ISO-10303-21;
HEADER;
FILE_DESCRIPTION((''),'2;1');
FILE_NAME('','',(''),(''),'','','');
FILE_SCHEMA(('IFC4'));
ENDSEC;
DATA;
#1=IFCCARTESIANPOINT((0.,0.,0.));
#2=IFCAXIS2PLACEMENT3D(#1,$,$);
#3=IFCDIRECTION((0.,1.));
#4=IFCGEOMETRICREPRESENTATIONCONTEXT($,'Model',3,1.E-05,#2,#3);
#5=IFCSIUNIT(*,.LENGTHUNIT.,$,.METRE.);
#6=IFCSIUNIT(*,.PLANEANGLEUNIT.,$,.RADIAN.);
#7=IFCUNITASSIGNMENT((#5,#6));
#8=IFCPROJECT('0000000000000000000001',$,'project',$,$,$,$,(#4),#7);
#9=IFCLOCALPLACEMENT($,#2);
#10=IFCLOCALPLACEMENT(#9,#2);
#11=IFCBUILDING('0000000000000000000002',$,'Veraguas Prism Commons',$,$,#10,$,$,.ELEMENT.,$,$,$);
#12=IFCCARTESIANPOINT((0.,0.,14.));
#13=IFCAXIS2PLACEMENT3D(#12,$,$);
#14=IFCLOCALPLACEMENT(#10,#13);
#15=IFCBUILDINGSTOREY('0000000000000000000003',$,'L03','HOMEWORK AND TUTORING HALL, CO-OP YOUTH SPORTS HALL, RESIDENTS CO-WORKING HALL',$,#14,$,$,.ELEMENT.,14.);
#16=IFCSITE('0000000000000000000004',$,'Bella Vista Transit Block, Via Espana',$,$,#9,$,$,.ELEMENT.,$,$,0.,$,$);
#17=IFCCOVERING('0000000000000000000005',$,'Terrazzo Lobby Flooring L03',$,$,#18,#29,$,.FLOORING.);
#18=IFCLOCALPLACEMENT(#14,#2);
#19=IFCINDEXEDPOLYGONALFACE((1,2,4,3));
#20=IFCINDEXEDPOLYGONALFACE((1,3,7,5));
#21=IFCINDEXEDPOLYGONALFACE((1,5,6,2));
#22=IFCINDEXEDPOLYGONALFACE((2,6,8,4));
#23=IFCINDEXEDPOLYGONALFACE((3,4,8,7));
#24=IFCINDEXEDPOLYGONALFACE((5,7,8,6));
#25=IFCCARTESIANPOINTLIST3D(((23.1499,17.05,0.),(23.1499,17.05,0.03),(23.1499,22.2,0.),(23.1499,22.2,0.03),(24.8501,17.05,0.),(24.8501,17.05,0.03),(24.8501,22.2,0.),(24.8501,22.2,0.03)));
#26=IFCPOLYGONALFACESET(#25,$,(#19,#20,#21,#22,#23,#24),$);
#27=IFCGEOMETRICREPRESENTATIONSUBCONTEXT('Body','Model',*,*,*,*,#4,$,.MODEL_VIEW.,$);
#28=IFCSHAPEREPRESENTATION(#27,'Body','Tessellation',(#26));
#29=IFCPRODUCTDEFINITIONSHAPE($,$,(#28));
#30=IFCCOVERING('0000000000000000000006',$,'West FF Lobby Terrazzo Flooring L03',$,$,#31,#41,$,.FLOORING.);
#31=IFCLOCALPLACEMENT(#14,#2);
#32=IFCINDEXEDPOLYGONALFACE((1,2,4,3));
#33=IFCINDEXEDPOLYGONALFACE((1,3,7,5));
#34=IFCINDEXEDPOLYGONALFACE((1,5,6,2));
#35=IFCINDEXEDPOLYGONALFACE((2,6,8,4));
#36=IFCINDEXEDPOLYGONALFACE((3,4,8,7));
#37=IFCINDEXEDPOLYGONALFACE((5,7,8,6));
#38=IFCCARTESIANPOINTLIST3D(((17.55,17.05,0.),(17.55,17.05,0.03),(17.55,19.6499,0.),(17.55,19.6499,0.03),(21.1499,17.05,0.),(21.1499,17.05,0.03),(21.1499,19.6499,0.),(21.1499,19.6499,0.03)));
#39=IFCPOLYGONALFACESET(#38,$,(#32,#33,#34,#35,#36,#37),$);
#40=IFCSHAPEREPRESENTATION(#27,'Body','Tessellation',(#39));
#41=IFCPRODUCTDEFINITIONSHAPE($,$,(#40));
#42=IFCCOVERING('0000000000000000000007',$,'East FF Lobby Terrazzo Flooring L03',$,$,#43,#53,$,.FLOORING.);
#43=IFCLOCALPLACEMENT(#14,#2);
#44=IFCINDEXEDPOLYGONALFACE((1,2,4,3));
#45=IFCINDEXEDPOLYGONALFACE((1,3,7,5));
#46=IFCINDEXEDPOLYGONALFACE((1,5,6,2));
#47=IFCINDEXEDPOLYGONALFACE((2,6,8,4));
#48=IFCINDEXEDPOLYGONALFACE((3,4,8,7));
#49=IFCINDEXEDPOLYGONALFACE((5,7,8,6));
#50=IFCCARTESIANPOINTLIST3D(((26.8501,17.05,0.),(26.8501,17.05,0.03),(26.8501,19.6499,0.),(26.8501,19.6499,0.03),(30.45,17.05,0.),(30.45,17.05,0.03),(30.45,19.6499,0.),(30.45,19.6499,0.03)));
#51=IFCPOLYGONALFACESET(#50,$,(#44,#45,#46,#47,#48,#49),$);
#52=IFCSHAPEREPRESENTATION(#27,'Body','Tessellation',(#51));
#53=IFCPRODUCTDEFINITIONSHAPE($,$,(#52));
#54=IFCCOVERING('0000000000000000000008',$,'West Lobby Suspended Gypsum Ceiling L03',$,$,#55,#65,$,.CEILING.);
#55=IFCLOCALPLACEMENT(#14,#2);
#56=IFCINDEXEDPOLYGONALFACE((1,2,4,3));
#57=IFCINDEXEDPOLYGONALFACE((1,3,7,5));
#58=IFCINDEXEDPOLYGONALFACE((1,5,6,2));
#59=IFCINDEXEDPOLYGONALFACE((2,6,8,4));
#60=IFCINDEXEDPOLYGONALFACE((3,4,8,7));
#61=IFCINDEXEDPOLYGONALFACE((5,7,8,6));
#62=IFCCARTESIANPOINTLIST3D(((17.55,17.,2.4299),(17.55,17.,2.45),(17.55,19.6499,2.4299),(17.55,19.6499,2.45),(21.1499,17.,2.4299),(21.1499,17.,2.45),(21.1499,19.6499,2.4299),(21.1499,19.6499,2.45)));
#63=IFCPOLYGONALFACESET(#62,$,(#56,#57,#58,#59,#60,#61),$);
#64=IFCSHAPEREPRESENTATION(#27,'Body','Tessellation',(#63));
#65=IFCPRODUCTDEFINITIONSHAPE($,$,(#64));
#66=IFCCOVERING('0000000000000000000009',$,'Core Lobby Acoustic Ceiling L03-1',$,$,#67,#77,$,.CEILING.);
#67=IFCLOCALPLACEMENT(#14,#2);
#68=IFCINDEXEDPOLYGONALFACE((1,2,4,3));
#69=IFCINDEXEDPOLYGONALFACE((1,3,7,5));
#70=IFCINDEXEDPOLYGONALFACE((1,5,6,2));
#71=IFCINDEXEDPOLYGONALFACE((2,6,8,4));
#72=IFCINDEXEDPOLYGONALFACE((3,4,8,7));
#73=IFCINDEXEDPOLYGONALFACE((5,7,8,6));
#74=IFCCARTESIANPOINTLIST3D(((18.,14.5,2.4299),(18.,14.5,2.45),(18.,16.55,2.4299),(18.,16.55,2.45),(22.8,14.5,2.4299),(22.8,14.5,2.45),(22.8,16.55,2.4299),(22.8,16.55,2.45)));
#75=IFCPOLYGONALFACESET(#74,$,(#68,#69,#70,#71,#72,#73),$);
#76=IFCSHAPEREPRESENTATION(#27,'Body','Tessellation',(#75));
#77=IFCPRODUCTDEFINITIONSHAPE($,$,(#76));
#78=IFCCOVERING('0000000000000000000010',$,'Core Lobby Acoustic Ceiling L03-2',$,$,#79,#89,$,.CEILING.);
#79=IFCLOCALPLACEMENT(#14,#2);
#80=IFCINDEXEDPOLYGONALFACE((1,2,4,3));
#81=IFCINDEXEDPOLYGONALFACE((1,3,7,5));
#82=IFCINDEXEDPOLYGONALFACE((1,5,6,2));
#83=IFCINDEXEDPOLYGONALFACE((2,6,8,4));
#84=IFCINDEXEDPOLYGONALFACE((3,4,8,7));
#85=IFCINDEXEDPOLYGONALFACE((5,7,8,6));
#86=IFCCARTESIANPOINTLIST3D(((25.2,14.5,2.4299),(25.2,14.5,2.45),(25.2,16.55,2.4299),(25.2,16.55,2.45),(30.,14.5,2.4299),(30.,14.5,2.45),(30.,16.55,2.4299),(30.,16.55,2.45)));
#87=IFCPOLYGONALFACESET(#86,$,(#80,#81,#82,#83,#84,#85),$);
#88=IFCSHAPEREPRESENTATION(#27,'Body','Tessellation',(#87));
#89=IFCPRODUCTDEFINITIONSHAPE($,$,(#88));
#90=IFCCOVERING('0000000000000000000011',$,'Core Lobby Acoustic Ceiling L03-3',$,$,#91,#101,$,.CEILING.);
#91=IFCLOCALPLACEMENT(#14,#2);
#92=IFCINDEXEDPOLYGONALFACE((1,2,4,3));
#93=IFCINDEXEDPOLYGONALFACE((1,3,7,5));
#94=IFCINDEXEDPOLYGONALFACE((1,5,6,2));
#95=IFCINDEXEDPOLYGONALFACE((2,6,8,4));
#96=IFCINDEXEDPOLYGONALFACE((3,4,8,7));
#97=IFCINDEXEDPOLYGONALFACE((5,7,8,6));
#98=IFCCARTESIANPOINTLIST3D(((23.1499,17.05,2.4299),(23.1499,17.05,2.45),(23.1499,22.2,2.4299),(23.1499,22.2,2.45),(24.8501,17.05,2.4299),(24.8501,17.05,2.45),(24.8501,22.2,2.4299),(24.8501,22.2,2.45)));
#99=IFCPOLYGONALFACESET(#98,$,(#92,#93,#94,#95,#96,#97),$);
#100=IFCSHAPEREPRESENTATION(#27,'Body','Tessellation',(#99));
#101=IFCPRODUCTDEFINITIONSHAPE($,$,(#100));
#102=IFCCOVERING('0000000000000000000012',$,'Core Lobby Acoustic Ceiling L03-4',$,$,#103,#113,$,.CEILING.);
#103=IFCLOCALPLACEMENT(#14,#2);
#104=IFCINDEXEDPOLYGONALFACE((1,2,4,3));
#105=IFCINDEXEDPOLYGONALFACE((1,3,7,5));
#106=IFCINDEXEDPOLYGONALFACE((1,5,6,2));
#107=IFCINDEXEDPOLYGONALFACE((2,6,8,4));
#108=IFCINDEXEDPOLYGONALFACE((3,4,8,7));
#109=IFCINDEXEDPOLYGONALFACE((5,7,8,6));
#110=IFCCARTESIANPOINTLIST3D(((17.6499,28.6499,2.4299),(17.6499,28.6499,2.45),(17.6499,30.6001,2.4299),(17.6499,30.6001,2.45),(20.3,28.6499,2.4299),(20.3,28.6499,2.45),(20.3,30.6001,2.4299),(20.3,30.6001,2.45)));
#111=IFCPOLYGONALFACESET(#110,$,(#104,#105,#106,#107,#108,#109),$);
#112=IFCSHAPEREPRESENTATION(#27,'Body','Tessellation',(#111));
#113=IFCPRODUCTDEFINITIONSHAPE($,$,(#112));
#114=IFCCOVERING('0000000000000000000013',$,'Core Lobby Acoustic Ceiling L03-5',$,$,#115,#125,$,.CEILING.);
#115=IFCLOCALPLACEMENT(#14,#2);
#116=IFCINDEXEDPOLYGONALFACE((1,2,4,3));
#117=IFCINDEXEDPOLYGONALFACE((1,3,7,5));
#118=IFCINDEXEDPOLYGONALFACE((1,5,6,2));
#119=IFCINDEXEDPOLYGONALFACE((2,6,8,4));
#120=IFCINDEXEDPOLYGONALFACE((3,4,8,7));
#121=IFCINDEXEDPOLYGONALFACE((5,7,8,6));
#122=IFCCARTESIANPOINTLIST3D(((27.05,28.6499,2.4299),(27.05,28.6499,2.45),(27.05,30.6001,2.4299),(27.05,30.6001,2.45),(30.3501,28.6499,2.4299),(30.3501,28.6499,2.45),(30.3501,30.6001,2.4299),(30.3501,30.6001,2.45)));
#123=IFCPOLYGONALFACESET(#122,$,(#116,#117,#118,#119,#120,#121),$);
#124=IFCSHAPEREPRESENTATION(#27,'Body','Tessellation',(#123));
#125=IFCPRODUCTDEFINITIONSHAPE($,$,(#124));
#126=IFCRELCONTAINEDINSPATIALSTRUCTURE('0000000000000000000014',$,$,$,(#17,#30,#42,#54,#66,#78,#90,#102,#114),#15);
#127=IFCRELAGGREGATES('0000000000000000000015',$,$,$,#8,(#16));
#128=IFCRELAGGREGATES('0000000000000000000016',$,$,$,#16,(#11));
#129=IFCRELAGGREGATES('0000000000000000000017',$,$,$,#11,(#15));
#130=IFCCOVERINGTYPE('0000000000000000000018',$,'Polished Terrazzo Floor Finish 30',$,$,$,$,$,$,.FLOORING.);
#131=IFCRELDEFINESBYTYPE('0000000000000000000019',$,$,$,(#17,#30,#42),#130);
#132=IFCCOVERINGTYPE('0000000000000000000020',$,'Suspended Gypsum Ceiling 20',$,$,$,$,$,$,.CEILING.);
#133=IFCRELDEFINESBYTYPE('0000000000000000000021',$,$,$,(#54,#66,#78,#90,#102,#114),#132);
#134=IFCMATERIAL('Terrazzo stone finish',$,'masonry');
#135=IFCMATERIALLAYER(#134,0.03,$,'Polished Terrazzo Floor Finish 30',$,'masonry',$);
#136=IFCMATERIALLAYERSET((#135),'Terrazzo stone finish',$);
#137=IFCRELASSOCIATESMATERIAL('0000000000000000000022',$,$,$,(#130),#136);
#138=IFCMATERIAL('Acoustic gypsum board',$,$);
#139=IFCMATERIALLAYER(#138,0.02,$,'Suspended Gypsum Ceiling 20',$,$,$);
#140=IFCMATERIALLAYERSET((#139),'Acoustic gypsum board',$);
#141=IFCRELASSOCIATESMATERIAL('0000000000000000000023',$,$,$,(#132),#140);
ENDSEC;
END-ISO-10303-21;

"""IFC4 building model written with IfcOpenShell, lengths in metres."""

from ifc_helpers import new_model, si_unit, direction, frame, origin, place, context, subcontext, project, spatial, polyline, outline, extrude, material, layer, layer_set, type_object, element, save


model = new_model("IFC4")

# Units and contexts
model_context = context("Model", 3, precision=1e-05, world=origin(), true_north=direction((0.0, 1.0)))
body_context = subcontext(model_context, "Body", "Model", "MODEL_VIEW")
ifc_project = project(units=[si_unit("LENGTHUNIT", "METRE"), si_unit("PLANEANGLEUNIT", "RADIAN")], contexts=[model_context])

# Site, building, storey
site_placement = place(None, origin())
site = spatial("IfcSite", under=ifc_project, at=site_placement, Name="Bella Vista Transit Block, Via Espana", CompositionType="ELEMENT", RefElevation=0.0)
building_placement = place(site_placement, origin())
building = spatial("IfcBuilding", under=site, at=building_placement, Name="Veraguas Prism Commons", CompositionType="ELEMENT")
storey_placement = place(building_placement, frame((0.0, 0.0, 14.0)))
storey = spatial("IfcBuildingStorey", under=building, at=storey_placement, Name="L03", Description="HOMEWORK AND TUTORING HALL, CO-OP YOUTH SPORTS HALL, RESIDENTS CO-WORKING HALL", CompositionType="ELEMENT", Elevation=14.0)

# Coverings
ifc_material_1 = material(Name="Acoustic gypsum board")
ifc_material_2 = material(Name="Terrazzo stone finish", Category="masonry")
ifc_layer_1 = layer(ifc_material_2, 0.03, Name="Polished Terrazzo Floor Finish 30", Category="masonry")
ifc_layer_set_1 = layer_set([ifc_layer_1], Name="Terrazzo stone finish")
covering_type_1 = type_object("IfcCoveringType", Name="Polished Terrazzo Floor Finish 30", PredefinedType="FLOORING", material=ifc_layer_set_1)
covering_1_placement = place(storey_placement, origin())
element("IfcCovering", 1, at=covering_1_placement, inside=storey, type_object=covering_type_1, Name="Terrazzo Lobby Flooring L03", PredefinedType="FLOORING", context=body_context, shape_type="SweptSolid", body=[
    extrude(outline(polyline([(23.1499, 17.05), (24.8501, 17.05), (24.8501, 22.2), (23.1499, 22.2), (23.1499, 17.05)])), origin(), (0.0, 0.0, 1.0), 0.03),
])
covering_2_placement = place(storey_placement, origin())
element("IfcCovering", 2, at=covering_2_placement, inside=storey, type_object=covering_type_1, Name="West FF Lobby Terrazzo Flooring L03", PredefinedType="FLOORING", context=body_context, shape_type="SweptSolid", body=[
    extrude(outline(polyline([(17.55, 17.05), (21.1499, 17.05), (21.1499, 19.6499), (17.55, 19.6499), (17.55, 17.05)])), origin(), (0.0, 0.0, 1.0), 0.03),
])
covering_3_placement = place(storey_placement, origin())
element("IfcCovering", 3, at=covering_3_placement, inside=storey, type_object=covering_type_1, Name="East FF Lobby Terrazzo Flooring L03", PredefinedType="FLOORING", context=body_context, shape_type="SweptSolid", body=[
    extrude(outline(polyline([(26.8501, 17.05), (30.45, 17.05), (30.45, 19.6499), (26.8501, 19.6499), (26.8501, 17.05)])), origin(), (0.0, 0.0, 1.0), 0.03),
])
ifc_layer_2 = layer(ifc_material_1, 0.02, Name="Suspended Gypsum Ceiling 20")
ifc_layer_set_2 = layer_set([ifc_layer_2], Name="Acoustic gypsum board")
covering_type_2 = type_object("IfcCoveringType", Name="Suspended Gypsum Ceiling 20", PredefinedType="CEILING", material=ifc_layer_set_2)
covering_4_placement = place(storey_placement, frame((0.0, 0.0, 2.4299)))
element("IfcCovering", 4, at=covering_4_placement, inside=storey, type_object=covering_type_2, Name="West Lobby Suspended Gypsum Ceiling L03", PredefinedType="CEILING", context=body_context, shape_type="SweptSolid", body=[
    extrude(outline(polyline([(17.55, 17.0), (21.1499, 17.0), (21.1499, 19.6499), (17.55, 19.6499), (17.55, 17.0)])), origin(), (0.0, 0.0, 1.0), 0.02),
])
covering_5_placement = place(storey_placement, frame((0.0, 0.0, 2.4299)))
element("IfcCovering", 5, at=covering_5_placement, inside=storey, type_object=covering_type_2, Name="Core Lobby Acoustic Ceiling L03-1", PredefinedType="CEILING", context=body_context, shape_type="SweptSolid", body=[
    extrude(outline(polyline([(18.0, 14.5), (22.8, 14.5), (22.8, 16.55), (18.0, 16.55), (18.0, 14.5)])), origin(), (0.0, 0.0, 1.0), 0.02),
])
covering_6_placement = place(storey_placement, frame((0.0, 0.0, 2.4299)))
element("IfcCovering", 6, at=covering_6_placement, inside=storey, type_object=covering_type_2, Name="Core Lobby Acoustic Ceiling L03-2", PredefinedType="CEILING", context=body_context, shape_type="SweptSolid", body=[
    extrude(outline(polyline([(25.2, 14.5), (30.0, 14.5), (30.0, 16.55), (25.2, 16.55), (25.2, 14.5)])), origin(), (0.0, 0.0, 1.0), 0.02),
])
covering_7_placement = place(storey_placement, frame((0.0, 0.0, 2.4299)))
element("IfcCovering", 7, at=covering_7_placement, inside=storey, type_object=covering_type_2, Name="Core Lobby Acoustic Ceiling L03-3", PredefinedType="CEILING", context=body_context, shape_type="SweptSolid", body=[
    extrude(outline(polyline([(23.1499, 17.05), (24.8501, 17.05), (24.8501, 22.2), (23.1499, 22.2), (23.1499, 17.05)])), origin(), (0.0, 0.0, 1.0), 0.02),
])
covering_8_placement = place(storey_placement, frame((0.0, 0.0, 2.4299)))
element("IfcCovering", 8, at=covering_8_placement, inside=storey, type_object=covering_type_2, Name="Core Lobby Acoustic Ceiling L03-4", PredefinedType="CEILING", context=body_context, shape_type="SweptSolid", body=[
    extrude(outline(polyline([(17.6499, 28.6499), (20.3, 28.6499), (20.3, 30.6001), (17.6499, 30.6001), (17.6499, 28.6499)])), origin(), (0.0, 0.0, 1.0), 0.02),
])
covering_9_placement = place(storey_placement, frame((0.0, 0.0, 2.4299)))
element("IfcCovering", 9, at=covering_9_placement, inside=storey, type_object=covering_type_2, Name="Core Lobby Acoustic Ceiling L03-5", PredefinedType="CEILING", context=body_context, shape_type="SweptSolid", body=[
    extrude(outline(polyline([(27.05, 28.6499), (30.3501, 28.6499), (30.3501, 30.6001), (27.05, 30.6001), (27.05, 28.6499)])), origin(), (0.0, 0.0, 1.0), 0.02),
])

save(model, "model.ifc")
